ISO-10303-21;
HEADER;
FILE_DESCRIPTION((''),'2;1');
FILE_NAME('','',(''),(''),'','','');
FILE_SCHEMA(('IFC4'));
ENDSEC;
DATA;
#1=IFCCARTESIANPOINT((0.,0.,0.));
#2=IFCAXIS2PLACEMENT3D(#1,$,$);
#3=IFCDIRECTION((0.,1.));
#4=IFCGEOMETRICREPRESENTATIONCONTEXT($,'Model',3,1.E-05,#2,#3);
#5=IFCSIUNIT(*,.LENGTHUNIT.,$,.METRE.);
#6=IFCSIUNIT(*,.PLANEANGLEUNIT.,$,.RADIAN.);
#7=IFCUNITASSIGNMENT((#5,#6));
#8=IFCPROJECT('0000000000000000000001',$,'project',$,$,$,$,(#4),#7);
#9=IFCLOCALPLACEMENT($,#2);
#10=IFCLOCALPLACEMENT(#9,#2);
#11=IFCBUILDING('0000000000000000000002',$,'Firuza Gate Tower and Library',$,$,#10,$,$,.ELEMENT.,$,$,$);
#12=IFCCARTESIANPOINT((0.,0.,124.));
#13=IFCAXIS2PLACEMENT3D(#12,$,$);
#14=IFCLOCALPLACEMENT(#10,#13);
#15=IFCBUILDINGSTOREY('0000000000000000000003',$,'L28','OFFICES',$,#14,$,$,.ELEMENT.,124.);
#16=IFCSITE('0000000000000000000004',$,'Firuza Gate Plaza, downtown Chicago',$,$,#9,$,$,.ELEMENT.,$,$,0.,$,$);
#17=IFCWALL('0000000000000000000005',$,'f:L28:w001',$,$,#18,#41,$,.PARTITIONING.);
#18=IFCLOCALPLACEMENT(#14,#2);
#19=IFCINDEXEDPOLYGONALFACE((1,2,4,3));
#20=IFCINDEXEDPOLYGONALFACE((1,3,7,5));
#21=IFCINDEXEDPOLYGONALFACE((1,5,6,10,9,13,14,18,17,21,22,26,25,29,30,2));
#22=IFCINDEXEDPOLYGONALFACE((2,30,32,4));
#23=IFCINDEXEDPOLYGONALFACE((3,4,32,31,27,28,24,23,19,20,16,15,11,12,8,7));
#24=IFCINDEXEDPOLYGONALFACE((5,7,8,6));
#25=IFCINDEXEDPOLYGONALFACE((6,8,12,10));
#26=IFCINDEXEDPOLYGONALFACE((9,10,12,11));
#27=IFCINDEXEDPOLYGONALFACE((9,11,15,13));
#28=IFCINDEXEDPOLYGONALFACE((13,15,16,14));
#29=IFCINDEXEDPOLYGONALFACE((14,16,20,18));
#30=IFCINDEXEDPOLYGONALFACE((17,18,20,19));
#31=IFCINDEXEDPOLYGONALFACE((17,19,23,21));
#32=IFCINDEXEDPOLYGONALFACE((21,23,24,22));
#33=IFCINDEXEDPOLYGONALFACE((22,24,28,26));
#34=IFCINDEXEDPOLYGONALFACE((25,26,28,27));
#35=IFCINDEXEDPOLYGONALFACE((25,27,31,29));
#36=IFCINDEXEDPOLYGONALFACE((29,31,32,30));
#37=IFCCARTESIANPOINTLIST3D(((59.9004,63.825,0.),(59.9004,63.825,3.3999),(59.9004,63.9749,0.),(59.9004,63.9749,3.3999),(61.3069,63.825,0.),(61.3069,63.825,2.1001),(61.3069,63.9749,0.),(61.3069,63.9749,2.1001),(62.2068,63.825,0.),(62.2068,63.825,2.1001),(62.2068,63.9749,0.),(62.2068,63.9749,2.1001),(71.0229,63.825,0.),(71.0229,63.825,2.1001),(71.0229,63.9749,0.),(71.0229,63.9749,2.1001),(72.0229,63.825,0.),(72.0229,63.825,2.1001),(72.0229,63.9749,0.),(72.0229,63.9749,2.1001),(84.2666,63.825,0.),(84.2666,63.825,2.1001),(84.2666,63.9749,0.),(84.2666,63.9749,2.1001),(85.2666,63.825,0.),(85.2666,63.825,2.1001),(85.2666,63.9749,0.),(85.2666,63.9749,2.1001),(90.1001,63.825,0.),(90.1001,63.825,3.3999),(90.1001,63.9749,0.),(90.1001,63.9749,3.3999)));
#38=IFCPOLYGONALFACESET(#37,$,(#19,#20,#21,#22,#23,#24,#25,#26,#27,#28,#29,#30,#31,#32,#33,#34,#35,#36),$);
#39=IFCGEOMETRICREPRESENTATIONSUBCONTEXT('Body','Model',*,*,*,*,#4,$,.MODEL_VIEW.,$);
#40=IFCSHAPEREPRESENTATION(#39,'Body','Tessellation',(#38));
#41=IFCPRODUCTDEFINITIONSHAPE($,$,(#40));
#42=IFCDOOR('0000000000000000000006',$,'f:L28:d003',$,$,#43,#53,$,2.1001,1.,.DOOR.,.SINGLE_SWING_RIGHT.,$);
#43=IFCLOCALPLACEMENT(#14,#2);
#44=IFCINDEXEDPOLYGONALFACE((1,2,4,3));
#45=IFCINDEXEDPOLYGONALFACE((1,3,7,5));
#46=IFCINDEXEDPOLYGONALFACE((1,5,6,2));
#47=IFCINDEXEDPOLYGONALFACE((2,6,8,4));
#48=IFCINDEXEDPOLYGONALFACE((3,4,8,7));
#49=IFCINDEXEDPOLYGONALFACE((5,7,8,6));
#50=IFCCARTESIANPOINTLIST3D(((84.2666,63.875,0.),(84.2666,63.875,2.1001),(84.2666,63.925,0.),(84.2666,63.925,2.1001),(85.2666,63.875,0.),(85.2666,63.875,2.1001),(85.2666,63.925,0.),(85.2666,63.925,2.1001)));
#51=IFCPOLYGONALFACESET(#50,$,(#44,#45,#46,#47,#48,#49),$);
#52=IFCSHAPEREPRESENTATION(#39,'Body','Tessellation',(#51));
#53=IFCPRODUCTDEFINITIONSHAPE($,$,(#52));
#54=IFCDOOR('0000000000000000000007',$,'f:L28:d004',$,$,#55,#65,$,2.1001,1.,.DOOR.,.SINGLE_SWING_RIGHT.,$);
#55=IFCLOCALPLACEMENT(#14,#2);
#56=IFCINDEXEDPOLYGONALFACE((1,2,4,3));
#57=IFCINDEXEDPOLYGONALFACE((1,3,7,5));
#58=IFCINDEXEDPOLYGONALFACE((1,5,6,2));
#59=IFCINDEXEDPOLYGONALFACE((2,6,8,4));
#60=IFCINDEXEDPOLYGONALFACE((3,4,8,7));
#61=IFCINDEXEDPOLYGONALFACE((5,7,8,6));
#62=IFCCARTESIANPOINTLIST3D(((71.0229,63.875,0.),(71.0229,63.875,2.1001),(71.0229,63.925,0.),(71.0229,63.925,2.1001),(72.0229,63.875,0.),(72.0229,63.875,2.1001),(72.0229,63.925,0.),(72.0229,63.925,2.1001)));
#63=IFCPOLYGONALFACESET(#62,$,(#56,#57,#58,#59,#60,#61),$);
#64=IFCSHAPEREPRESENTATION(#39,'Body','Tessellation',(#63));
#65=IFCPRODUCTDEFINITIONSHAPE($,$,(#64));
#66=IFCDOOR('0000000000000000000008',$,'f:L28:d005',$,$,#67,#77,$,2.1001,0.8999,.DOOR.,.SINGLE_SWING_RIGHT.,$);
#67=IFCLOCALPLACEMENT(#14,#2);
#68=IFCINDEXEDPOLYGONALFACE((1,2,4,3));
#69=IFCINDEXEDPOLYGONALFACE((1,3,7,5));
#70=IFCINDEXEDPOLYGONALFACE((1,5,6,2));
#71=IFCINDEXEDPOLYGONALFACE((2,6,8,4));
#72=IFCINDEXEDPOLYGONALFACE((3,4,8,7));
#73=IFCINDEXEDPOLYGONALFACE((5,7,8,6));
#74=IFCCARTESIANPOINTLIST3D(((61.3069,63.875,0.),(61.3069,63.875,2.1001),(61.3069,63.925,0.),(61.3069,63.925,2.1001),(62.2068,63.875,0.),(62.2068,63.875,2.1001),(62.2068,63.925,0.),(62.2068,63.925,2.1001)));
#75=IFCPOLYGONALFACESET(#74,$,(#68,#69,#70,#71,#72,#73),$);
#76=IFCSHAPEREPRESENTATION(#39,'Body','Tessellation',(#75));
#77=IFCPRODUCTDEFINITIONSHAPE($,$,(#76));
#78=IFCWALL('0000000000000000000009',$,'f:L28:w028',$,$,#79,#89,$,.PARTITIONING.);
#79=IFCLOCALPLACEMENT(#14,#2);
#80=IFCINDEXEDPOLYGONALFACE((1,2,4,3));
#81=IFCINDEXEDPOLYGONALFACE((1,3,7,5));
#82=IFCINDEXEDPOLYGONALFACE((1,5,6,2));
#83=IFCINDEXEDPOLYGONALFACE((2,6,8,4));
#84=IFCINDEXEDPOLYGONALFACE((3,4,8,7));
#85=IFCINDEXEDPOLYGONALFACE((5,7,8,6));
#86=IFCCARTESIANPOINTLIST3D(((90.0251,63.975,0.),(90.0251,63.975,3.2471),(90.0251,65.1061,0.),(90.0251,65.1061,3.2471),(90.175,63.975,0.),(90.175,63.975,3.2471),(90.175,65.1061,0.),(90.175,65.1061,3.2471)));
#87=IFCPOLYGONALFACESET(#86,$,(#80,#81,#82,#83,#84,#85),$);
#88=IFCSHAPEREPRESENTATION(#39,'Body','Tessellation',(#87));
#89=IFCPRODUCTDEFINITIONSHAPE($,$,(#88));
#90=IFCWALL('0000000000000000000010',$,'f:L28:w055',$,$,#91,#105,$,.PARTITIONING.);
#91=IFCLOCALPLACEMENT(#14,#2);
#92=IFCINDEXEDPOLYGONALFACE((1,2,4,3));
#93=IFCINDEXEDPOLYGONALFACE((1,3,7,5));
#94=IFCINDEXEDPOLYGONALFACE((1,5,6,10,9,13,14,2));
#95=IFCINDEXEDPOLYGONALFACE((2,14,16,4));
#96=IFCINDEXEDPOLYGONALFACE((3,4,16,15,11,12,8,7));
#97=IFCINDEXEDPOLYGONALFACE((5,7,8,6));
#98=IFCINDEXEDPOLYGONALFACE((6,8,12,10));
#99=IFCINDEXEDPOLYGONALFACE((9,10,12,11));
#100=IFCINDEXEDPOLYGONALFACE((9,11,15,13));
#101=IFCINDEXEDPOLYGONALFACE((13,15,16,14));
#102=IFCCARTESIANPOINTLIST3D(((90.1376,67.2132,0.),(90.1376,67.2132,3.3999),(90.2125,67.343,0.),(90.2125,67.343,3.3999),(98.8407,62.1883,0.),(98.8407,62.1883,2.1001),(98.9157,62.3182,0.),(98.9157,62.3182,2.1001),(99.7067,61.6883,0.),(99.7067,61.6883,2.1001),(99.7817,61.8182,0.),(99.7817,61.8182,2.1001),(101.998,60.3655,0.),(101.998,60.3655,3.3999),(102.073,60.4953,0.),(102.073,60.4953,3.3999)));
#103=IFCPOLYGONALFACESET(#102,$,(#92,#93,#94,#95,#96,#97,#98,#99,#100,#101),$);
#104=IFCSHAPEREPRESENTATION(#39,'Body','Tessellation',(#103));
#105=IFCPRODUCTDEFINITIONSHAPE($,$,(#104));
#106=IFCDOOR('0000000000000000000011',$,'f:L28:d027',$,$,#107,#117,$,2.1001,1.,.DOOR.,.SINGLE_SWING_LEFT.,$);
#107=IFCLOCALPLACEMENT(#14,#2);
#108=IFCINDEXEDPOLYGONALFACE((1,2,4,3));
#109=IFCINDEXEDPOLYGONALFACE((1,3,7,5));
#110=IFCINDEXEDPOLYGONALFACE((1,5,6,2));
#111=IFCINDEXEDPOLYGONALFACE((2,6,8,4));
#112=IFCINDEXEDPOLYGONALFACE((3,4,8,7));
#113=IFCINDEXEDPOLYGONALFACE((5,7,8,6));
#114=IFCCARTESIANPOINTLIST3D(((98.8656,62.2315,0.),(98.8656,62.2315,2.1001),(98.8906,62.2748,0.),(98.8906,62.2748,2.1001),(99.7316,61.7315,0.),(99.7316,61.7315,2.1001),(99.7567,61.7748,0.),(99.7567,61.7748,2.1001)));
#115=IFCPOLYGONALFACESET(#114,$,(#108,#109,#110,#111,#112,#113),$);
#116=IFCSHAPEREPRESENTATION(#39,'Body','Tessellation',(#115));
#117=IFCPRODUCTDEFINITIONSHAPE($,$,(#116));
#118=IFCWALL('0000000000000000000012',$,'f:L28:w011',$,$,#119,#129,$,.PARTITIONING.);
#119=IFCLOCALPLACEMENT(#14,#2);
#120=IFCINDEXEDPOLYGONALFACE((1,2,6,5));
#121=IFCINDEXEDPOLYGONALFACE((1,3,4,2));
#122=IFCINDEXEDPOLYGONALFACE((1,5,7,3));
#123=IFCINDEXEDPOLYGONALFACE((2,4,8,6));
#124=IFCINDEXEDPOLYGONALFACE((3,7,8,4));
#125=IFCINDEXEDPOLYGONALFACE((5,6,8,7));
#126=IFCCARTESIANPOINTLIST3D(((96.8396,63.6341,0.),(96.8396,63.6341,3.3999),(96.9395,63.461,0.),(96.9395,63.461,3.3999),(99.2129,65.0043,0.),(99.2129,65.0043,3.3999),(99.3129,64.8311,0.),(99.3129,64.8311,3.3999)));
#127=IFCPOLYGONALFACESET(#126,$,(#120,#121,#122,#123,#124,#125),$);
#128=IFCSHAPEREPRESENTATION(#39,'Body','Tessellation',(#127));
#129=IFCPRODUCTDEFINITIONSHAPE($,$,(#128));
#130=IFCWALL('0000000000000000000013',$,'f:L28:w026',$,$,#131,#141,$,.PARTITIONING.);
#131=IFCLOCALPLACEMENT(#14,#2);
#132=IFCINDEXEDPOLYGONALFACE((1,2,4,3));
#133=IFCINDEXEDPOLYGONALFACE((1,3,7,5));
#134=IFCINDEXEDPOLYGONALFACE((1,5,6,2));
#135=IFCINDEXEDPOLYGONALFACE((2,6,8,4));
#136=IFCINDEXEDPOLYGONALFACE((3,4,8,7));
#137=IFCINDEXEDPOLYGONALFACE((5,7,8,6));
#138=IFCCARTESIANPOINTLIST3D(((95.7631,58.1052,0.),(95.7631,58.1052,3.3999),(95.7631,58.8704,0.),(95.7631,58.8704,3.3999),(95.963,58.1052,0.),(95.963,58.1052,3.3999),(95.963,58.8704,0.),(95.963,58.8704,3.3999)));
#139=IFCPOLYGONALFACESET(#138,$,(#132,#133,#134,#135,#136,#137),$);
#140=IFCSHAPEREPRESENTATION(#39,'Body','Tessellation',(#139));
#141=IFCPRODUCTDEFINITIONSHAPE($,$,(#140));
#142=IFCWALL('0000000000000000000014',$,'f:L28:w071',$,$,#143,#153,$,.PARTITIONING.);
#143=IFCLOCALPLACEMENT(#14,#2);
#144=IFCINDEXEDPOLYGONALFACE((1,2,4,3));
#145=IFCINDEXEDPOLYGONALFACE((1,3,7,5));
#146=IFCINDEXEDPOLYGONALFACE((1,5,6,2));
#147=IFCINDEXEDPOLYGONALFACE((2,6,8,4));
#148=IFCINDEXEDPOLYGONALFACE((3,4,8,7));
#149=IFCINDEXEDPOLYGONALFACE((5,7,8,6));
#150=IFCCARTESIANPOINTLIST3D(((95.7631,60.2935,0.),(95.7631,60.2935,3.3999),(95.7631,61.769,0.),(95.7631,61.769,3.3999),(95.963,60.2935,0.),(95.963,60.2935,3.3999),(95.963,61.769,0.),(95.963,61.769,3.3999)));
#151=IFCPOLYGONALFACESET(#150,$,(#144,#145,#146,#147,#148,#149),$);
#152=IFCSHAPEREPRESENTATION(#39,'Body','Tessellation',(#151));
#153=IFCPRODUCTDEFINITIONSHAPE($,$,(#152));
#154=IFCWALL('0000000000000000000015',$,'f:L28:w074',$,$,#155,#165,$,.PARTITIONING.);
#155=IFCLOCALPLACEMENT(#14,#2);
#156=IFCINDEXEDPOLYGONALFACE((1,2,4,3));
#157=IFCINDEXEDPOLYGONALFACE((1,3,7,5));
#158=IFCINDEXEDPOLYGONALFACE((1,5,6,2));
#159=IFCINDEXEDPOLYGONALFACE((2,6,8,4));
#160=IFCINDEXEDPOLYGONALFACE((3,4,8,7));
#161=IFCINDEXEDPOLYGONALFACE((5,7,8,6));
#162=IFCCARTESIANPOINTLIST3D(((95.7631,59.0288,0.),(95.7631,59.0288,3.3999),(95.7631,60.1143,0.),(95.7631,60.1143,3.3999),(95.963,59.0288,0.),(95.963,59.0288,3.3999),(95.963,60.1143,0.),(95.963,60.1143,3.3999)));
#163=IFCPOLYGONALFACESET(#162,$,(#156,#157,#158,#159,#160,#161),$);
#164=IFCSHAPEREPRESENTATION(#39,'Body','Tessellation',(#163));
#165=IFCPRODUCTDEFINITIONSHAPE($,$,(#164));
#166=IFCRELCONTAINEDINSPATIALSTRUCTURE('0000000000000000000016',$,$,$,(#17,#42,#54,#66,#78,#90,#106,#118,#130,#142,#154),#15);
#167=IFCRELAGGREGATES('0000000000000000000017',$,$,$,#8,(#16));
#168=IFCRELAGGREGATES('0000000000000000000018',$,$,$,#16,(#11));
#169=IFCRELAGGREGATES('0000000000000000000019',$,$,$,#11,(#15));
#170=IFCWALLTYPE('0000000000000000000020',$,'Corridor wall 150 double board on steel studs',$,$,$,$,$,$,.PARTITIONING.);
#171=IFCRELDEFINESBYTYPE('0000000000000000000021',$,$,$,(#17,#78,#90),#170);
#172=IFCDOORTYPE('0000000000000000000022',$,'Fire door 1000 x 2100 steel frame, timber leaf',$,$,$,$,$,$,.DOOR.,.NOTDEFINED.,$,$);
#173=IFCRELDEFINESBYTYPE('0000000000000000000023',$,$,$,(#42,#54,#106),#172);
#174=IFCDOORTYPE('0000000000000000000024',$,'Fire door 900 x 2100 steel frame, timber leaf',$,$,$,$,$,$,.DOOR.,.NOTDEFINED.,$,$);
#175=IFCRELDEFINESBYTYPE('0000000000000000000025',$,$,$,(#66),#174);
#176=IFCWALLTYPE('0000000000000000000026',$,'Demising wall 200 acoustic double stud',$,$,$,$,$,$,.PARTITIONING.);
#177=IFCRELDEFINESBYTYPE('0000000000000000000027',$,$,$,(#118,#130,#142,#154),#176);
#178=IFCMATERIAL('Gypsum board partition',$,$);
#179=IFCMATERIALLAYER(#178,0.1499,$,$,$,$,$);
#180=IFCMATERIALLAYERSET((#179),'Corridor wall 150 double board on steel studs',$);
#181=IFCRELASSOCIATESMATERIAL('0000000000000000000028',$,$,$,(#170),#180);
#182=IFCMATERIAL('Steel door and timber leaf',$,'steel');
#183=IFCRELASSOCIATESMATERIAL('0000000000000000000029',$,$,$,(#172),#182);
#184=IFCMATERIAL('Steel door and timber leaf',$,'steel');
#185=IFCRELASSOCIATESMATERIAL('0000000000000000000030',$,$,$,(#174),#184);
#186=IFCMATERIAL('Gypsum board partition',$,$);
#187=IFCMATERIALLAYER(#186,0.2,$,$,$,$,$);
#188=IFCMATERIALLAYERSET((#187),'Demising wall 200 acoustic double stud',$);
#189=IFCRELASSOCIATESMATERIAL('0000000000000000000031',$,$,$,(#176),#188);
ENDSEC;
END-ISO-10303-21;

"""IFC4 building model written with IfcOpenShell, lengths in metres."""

from ifc_helpers import new_model, si_unit, direction, frame, frame_2d, origin, place, context, subcontext, project, spatial, rectangle, extrude, material, layer, layer_set, type_object, element, fill, save


model = new_model("IFC4")

# Units and contexts
model_context = context("Model", 3, precision=1e-05, world=origin(), true_north=direction((0.0, 1.0)))
body_context = subcontext(model_context, "Body", "Model", "MODEL_VIEW")
ifc_project = project(units=[si_unit("LENGTHUNIT", "METRE"), si_unit("PLANEANGLEUNIT", "RADIAN")], contexts=[model_context])

# Site, building, storey
site_placement = place(None, origin())
site = spatial("IfcSite", under=ifc_project, at=site_placement, Name="Firuza Gate Plaza, downtown Chicago", CompositionType="ELEMENT", RefElevation=0.0)
building_placement = place(site_placement, origin())
building = spatial("IfcBuilding", under=site, at=building_placement, Name="Firuza Gate Tower and Library", CompositionType="ELEMENT")
storey_placement = place(building_placement, frame((0.0, 0.0, 124.0)))
storey = spatial("IfcBuildingStorey", under=building, at=storey_placement, Name="L28", Description="OFFICES", CompositionType="ELEMENT", Elevation=124.0)

# Wall, openings, doors
ifc_material_1 = material(Name="Gypsum board partition")
ifc_layer_1 = layer(ifc_material_1, 0.1499)
ifc_layer_set_1 = layer_set([ifc_layer_1], Name="Corridor wall 150 double board on steel studs")
wall_type_1 = type_object("IfcWallType", Name="Corridor wall 150 double board on steel studs", PredefinedType="PARTITIONING", material=ifc_layer_set_1)
wall_1_placement = place(storey_placement, frame((90.1001, 63.8999, 0.0), z_axis=(0.0, 0.0, 1.0), x_axis=(-1.0, 0.0, 0.0)))
wall_1 = element("IfcWall", 1, at=wall_1_placement, inside=storey, type_object=wall_type_1, Name="f:L28:w001", PredefinedType="PARTITIONING", context=body_context, shape_type="SweptSolid", body=[
    extrude(rectangle(XDim=30.1997, YDim=0.1499, at=frame_2d((15.0999, 0.0))), origin(), (0.0, 0.0, 1.0), 3.3999),
])
opening_1_placement = place(wall_1_placement, frame((4.8335, 0.0, 0.0)))
opening_1 = element("IfcOpeningElement", 2, at=opening_1_placement, cuts=wall_1, PredefinedType="OPENING", context=body_context, shape_type="SweptSolid", body=[
    extrude(rectangle(XDim=1.0, YDim=2.1001, at=frame_2d((0.5, 1.05))), frame((0.0, 0.085, 0.0), z_axis=(0.0, -1.0, 0.0), x_axis=(1.0, 0.0, 0.0)), (0.0, 0.0, 1.0), 0.1699),
])
opening_2_placement = place(wall_1_placement, frame((18.0771, 0.0, 0.0)))
opening_2 = element("IfcOpeningElement", 3, at=opening_2_placement, cuts=wall_1, PredefinedType="OPENING", context=body_context, shape_type="SweptSolid", body=[
    extrude(rectangle(XDim=1.0, YDim=2.1001, at=frame_2d((0.5, 1.05))), frame((0.0, 0.085, 0.0), z_axis=(0.0, -1.0, 0.0), x_axis=(1.0, 0.0, 0.0)), (0.0, 0.0, 1.0), 0.1699),
])
opening_3_placement = place(wall_1_placement, frame((27.8933, 0.0, 0.0)))
opening_3 = element("IfcOpeningElement", 4, at=opening_3_placement, cuts=wall_1, PredefinedType="OPENING", context=body_context, shape_type="SweptSolid", body=[
    extrude(rectangle(XDim=0.8999, YDim=2.1001, at=frame_2d((0.45, 1.05))), frame((0.0, 0.085, 0.0), z_axis=(0.0, -1.0, 0.0), x_axis=(1.0, 0.0, 0.0)), (0.0, 0.0, 1.0), 0.1699),
])
ifc_material_2 = material(Name="Steel door and timber leaf", Category="steel")
door_type_1 = type_object("IfcDoorType", Name="Fire door 1000 x 2100 steel frame, timber leaf", OperationType="NOTDEFINED", PredefinedType="DOOR", material=ifc_material_2)
door_1_placement = place(opening_1_placement, origin())
door_1 = element("IfcDoor", 5, at=door_1_placement, inside=storey, type_object=door_type_1, Name="f:L28:d003", OperationType="SINGLE_SWING_RIGHT", OverallHeight=2.1001, OverallWidth=1.0, PredefinedType="DOOR", context=body_context, shape_type="SweptSolid", body=[
    extrude(rectangle(XDim=1.0, YDim=2.1001, at=frame_2d((0.5, 1.05))), frame((0.0, 0.0249, 0.0), z_axis=(0.0, -1.0, 0.0), x_axis=(1.0, 0.0, 0.0)), (0.0, 0.0, 1.0), 0.05),
])
fill(opening_1, door_1)
door_2_placement = place(opening_2_placement, origin())
door_2 = element("IfcDoor", 6, at=door_2_placement, inside=storey, type_object=door_type_1, Name="f:L28:d004", OperationType="SINGLE_SWING_RIGHT", OverallHeight=2.1001, OverallWidth=1.0, PredefinedType="DOOR", context=body_context, shape_type="SweptSolid", body=[
    extrude(rectangle(XDim=1.0, YDim=2.1001, at=frame_2d((0.5, 1.05))), frame((0.0, 0.0249, 0.0), z_axis=(0.0, -1.0, 0.0), x_axis=(1.0, 0.0, 0.0)), (0.0, 0.0, 1.0), 0.05),
])
fill(opening_2, door_2)
ifc_material_3 = material(Name="Steel door and timber leaf", Category="steel")
door_type_2 = type_object("IfcDoorType", Name="Fire door 900 x 2100 steel frame, timber leaf", OperationType="NOTDEFINED", PredefinedType="DOOR", material=ifc_material_3)
door_3_placement = place(opening_3_placement, origin())
door_3 = element("IfcDoor", 7, at=door_3_placement, inside=storey, type_object=door_type_2, Name="f:L28:d005", OperationType="SINGLE_SWING_RIGHT", OverallHeight=2.1001, OverallWidth=0.8999, PredefinedType="DOOR", context=body_context, shape_type="SweptSolid", body=[
    extrude(rectangle(XDim=0.8999, YDim=2.1001, at=frame_2d((0.45, 1.05))), frame((0.0, 0.0249, 0.0), z_axis=(0.0, -1.0, 0.0), x_axis=(1.0, 0.0, 0.0)), (0.0, 0.0, 1.0), 0.05),
])
fill(opening_3, door_3)

# Wall
wall_2_placement = place(storey_placement, frame((90.1001, 63.9751, 0.0), z_axis=(0.0, 0.0, 1.0), x_axis=(0.0, 1.0, 0.0)))
element("IfcWall", 8, at=wall_2_placement, inside=storey, type_object=wall_type_1, Name="f:L28:w028", PredefinedType="PARTITIONING", context=body_context, shape_type="SweptSolid", body=[
    extrude(rectangle(XDim=1.1311, YDim=0.1499, at=frame_2d((0.5654, 0.0))), origin(), (0.0, 0.0, 1.0), 3.2471),
])

# Wall, opening, door
wall_3_placement = place(storey_placement, frame((90.175, 67.2781, 0.0), z_axis=(0.0, 0.0, 1.0), x_axis=(0.866023, -0.500004, 0.0)))
wall_3 = element("IfcWall", 9, at=wall_3_placement, inside=storey, type_object=wall_type_1, Name="f:L28:w055", PredefinedType="PARTITIONING", context=body_context, shape_type="SweptSolid", body=[
    extrude(rectangle(XDim=13.6953, YDim=0.1499, at=frame_2d((6.8477, 0.0))), origin(), (0.0, 0.0, 1.0), 3.3999),
])
opening_4_placement = place(wall_3_placement, frame((10.0496, 0.0, 0.0)))
opening_4 = element("IfcOpeningElement", 10, at=opening_4_placement, cuts=wall_3, PredefinedType="OPENING", context=body_context, shape_type="SweptSolid", body=[
    extrude(rectangle(XDim=1.0, YDim=2.1001, at=frame_2d((0.5, 1.05))), frame((0.0, 0.085, 0.0), z_axis=(0.0, -1.0, 0.0), x_axis=(1.0, 0.0, 0.0)), (0.0, 0.0, 1.0), 0.1699),
])
door_4_placement = place(opening_4_placement, origin())
door_4 = element("IfcDoor", 11, at=door_4_placement, inside=storey, type_object=door_type_1, Name="f:L28:d027", OperationType="SINGLE_SWING_LEFT", OverallHeight=2.1001, OverallWidth=1.0, PredefinedType="DOOR", context=body_context, shape_type="SweptSolid", body=[
    extrude(rectangle(XDim=1.0, YDim=2.1001, at=frame_2d((0.5, 1.05))), frame((0.0, 0.0249, 0.0), z_axis=(0.0, -1.0, 0.0), x_axis=(1.0, 0.0, 0.0)), (0.0, 0.0, 1.0), 0.05),
])
fill(opening_4, door_4)

# Walls
ifc_material_4 = material(Name="Gypsum board partition")
ifc_layer_2 = layer(ifc_material_4, 0.2)
ifc_layer_set_2 = layer_set([ifc_layer_2], Name="Demising wall 200 acoustic double stud")
wall_type_2 = type_object("IfcWallType", Name="Demising wall 200 acoustic double stud", PredefinedType="PARTITIONING", material=ifc_layer_set_2)
wall_4_placement = place(storey_placement, frame((96.8896, 63.5476, 0.0), z_axis=(0.0, 0.0, 1.0), x_axis=(0.866042, 0.499972, 0.0)))
element("IfcWall", 12, at=wall_4_placement, inside=storey, type_object=wall_type_2, Name="f:L28:w011", PredefinedType="PARTITIONING", context=body_context, shape_type="SweptSolid", body=[
    extrude(rectangle(XDim=2.7405, YDim=0.2, at=frame_2d((1.3701, 0.0))), origin(), (0.0, 0.0, 1.0), 3.3999),
])
wall_5_placement = place(storey_placement, frame((95.863, 58.1052, 0.0), z_axis=(0.0, 0.0, 1.0), x_axis=(0.0, 1.0, 0.0)))
element("IfcWall", 13, at=wall_5_placement, inside=storey, type_object=wall_type_2, Name="f:L28:w026", PredefinedType="PARTITIONING", context=body_context, shape_type="SweptSolid", body=[
    extrude(rectangle(XDim=0.7651, YDim=0.2, at=frame_2d((0.3826, 0.0))), origin(), (0.0, 0.0, 1.0), 3.3999),
])
wall_6_placement = place(storey_placement, frame((95.863, 60.2935, 0.0), z_axis=(0.0, 0.0, 1.0), x_axis=(0.0, 1.0, 0.0)))
element("IfcWall", 14, at=wall_6_placement, inside=storey, type_object=wall_type_2, Name="f:L28:w071", PredefinedType="PARTITIONING", context=body_context, shape_type="SweptSolid", body=[
    extrude(rectangle(XDim=1.4756, YDim=0.2, at=frame_2d((0.7378, 0.0))), origin(), (0.0, 0.0, 1.0), 3.3999),
])
wall_7_placement = place(storey_placement, frame((95.863, 59.0288, 0.0), z_axis=(0.0, 0.0, 1.0), x_axis=(0.0, 1.0, 0.0)))
element("IfcWall", 15, at=wall_7_placement, inside=storey, type_object=wall_type_2, Name="f:L28:w074", PredefinedType="PARTITIONING", context=body_context, shape_type="SweptSolid", body=[
    extrude(rectangle(XDim=1.0854, YDim=0.2, at=frame_2d((0.5427, 0.0))), origin(), (0.0, 0.0, 1.0), 3.3999),
])

save(model, "model.ifc")
